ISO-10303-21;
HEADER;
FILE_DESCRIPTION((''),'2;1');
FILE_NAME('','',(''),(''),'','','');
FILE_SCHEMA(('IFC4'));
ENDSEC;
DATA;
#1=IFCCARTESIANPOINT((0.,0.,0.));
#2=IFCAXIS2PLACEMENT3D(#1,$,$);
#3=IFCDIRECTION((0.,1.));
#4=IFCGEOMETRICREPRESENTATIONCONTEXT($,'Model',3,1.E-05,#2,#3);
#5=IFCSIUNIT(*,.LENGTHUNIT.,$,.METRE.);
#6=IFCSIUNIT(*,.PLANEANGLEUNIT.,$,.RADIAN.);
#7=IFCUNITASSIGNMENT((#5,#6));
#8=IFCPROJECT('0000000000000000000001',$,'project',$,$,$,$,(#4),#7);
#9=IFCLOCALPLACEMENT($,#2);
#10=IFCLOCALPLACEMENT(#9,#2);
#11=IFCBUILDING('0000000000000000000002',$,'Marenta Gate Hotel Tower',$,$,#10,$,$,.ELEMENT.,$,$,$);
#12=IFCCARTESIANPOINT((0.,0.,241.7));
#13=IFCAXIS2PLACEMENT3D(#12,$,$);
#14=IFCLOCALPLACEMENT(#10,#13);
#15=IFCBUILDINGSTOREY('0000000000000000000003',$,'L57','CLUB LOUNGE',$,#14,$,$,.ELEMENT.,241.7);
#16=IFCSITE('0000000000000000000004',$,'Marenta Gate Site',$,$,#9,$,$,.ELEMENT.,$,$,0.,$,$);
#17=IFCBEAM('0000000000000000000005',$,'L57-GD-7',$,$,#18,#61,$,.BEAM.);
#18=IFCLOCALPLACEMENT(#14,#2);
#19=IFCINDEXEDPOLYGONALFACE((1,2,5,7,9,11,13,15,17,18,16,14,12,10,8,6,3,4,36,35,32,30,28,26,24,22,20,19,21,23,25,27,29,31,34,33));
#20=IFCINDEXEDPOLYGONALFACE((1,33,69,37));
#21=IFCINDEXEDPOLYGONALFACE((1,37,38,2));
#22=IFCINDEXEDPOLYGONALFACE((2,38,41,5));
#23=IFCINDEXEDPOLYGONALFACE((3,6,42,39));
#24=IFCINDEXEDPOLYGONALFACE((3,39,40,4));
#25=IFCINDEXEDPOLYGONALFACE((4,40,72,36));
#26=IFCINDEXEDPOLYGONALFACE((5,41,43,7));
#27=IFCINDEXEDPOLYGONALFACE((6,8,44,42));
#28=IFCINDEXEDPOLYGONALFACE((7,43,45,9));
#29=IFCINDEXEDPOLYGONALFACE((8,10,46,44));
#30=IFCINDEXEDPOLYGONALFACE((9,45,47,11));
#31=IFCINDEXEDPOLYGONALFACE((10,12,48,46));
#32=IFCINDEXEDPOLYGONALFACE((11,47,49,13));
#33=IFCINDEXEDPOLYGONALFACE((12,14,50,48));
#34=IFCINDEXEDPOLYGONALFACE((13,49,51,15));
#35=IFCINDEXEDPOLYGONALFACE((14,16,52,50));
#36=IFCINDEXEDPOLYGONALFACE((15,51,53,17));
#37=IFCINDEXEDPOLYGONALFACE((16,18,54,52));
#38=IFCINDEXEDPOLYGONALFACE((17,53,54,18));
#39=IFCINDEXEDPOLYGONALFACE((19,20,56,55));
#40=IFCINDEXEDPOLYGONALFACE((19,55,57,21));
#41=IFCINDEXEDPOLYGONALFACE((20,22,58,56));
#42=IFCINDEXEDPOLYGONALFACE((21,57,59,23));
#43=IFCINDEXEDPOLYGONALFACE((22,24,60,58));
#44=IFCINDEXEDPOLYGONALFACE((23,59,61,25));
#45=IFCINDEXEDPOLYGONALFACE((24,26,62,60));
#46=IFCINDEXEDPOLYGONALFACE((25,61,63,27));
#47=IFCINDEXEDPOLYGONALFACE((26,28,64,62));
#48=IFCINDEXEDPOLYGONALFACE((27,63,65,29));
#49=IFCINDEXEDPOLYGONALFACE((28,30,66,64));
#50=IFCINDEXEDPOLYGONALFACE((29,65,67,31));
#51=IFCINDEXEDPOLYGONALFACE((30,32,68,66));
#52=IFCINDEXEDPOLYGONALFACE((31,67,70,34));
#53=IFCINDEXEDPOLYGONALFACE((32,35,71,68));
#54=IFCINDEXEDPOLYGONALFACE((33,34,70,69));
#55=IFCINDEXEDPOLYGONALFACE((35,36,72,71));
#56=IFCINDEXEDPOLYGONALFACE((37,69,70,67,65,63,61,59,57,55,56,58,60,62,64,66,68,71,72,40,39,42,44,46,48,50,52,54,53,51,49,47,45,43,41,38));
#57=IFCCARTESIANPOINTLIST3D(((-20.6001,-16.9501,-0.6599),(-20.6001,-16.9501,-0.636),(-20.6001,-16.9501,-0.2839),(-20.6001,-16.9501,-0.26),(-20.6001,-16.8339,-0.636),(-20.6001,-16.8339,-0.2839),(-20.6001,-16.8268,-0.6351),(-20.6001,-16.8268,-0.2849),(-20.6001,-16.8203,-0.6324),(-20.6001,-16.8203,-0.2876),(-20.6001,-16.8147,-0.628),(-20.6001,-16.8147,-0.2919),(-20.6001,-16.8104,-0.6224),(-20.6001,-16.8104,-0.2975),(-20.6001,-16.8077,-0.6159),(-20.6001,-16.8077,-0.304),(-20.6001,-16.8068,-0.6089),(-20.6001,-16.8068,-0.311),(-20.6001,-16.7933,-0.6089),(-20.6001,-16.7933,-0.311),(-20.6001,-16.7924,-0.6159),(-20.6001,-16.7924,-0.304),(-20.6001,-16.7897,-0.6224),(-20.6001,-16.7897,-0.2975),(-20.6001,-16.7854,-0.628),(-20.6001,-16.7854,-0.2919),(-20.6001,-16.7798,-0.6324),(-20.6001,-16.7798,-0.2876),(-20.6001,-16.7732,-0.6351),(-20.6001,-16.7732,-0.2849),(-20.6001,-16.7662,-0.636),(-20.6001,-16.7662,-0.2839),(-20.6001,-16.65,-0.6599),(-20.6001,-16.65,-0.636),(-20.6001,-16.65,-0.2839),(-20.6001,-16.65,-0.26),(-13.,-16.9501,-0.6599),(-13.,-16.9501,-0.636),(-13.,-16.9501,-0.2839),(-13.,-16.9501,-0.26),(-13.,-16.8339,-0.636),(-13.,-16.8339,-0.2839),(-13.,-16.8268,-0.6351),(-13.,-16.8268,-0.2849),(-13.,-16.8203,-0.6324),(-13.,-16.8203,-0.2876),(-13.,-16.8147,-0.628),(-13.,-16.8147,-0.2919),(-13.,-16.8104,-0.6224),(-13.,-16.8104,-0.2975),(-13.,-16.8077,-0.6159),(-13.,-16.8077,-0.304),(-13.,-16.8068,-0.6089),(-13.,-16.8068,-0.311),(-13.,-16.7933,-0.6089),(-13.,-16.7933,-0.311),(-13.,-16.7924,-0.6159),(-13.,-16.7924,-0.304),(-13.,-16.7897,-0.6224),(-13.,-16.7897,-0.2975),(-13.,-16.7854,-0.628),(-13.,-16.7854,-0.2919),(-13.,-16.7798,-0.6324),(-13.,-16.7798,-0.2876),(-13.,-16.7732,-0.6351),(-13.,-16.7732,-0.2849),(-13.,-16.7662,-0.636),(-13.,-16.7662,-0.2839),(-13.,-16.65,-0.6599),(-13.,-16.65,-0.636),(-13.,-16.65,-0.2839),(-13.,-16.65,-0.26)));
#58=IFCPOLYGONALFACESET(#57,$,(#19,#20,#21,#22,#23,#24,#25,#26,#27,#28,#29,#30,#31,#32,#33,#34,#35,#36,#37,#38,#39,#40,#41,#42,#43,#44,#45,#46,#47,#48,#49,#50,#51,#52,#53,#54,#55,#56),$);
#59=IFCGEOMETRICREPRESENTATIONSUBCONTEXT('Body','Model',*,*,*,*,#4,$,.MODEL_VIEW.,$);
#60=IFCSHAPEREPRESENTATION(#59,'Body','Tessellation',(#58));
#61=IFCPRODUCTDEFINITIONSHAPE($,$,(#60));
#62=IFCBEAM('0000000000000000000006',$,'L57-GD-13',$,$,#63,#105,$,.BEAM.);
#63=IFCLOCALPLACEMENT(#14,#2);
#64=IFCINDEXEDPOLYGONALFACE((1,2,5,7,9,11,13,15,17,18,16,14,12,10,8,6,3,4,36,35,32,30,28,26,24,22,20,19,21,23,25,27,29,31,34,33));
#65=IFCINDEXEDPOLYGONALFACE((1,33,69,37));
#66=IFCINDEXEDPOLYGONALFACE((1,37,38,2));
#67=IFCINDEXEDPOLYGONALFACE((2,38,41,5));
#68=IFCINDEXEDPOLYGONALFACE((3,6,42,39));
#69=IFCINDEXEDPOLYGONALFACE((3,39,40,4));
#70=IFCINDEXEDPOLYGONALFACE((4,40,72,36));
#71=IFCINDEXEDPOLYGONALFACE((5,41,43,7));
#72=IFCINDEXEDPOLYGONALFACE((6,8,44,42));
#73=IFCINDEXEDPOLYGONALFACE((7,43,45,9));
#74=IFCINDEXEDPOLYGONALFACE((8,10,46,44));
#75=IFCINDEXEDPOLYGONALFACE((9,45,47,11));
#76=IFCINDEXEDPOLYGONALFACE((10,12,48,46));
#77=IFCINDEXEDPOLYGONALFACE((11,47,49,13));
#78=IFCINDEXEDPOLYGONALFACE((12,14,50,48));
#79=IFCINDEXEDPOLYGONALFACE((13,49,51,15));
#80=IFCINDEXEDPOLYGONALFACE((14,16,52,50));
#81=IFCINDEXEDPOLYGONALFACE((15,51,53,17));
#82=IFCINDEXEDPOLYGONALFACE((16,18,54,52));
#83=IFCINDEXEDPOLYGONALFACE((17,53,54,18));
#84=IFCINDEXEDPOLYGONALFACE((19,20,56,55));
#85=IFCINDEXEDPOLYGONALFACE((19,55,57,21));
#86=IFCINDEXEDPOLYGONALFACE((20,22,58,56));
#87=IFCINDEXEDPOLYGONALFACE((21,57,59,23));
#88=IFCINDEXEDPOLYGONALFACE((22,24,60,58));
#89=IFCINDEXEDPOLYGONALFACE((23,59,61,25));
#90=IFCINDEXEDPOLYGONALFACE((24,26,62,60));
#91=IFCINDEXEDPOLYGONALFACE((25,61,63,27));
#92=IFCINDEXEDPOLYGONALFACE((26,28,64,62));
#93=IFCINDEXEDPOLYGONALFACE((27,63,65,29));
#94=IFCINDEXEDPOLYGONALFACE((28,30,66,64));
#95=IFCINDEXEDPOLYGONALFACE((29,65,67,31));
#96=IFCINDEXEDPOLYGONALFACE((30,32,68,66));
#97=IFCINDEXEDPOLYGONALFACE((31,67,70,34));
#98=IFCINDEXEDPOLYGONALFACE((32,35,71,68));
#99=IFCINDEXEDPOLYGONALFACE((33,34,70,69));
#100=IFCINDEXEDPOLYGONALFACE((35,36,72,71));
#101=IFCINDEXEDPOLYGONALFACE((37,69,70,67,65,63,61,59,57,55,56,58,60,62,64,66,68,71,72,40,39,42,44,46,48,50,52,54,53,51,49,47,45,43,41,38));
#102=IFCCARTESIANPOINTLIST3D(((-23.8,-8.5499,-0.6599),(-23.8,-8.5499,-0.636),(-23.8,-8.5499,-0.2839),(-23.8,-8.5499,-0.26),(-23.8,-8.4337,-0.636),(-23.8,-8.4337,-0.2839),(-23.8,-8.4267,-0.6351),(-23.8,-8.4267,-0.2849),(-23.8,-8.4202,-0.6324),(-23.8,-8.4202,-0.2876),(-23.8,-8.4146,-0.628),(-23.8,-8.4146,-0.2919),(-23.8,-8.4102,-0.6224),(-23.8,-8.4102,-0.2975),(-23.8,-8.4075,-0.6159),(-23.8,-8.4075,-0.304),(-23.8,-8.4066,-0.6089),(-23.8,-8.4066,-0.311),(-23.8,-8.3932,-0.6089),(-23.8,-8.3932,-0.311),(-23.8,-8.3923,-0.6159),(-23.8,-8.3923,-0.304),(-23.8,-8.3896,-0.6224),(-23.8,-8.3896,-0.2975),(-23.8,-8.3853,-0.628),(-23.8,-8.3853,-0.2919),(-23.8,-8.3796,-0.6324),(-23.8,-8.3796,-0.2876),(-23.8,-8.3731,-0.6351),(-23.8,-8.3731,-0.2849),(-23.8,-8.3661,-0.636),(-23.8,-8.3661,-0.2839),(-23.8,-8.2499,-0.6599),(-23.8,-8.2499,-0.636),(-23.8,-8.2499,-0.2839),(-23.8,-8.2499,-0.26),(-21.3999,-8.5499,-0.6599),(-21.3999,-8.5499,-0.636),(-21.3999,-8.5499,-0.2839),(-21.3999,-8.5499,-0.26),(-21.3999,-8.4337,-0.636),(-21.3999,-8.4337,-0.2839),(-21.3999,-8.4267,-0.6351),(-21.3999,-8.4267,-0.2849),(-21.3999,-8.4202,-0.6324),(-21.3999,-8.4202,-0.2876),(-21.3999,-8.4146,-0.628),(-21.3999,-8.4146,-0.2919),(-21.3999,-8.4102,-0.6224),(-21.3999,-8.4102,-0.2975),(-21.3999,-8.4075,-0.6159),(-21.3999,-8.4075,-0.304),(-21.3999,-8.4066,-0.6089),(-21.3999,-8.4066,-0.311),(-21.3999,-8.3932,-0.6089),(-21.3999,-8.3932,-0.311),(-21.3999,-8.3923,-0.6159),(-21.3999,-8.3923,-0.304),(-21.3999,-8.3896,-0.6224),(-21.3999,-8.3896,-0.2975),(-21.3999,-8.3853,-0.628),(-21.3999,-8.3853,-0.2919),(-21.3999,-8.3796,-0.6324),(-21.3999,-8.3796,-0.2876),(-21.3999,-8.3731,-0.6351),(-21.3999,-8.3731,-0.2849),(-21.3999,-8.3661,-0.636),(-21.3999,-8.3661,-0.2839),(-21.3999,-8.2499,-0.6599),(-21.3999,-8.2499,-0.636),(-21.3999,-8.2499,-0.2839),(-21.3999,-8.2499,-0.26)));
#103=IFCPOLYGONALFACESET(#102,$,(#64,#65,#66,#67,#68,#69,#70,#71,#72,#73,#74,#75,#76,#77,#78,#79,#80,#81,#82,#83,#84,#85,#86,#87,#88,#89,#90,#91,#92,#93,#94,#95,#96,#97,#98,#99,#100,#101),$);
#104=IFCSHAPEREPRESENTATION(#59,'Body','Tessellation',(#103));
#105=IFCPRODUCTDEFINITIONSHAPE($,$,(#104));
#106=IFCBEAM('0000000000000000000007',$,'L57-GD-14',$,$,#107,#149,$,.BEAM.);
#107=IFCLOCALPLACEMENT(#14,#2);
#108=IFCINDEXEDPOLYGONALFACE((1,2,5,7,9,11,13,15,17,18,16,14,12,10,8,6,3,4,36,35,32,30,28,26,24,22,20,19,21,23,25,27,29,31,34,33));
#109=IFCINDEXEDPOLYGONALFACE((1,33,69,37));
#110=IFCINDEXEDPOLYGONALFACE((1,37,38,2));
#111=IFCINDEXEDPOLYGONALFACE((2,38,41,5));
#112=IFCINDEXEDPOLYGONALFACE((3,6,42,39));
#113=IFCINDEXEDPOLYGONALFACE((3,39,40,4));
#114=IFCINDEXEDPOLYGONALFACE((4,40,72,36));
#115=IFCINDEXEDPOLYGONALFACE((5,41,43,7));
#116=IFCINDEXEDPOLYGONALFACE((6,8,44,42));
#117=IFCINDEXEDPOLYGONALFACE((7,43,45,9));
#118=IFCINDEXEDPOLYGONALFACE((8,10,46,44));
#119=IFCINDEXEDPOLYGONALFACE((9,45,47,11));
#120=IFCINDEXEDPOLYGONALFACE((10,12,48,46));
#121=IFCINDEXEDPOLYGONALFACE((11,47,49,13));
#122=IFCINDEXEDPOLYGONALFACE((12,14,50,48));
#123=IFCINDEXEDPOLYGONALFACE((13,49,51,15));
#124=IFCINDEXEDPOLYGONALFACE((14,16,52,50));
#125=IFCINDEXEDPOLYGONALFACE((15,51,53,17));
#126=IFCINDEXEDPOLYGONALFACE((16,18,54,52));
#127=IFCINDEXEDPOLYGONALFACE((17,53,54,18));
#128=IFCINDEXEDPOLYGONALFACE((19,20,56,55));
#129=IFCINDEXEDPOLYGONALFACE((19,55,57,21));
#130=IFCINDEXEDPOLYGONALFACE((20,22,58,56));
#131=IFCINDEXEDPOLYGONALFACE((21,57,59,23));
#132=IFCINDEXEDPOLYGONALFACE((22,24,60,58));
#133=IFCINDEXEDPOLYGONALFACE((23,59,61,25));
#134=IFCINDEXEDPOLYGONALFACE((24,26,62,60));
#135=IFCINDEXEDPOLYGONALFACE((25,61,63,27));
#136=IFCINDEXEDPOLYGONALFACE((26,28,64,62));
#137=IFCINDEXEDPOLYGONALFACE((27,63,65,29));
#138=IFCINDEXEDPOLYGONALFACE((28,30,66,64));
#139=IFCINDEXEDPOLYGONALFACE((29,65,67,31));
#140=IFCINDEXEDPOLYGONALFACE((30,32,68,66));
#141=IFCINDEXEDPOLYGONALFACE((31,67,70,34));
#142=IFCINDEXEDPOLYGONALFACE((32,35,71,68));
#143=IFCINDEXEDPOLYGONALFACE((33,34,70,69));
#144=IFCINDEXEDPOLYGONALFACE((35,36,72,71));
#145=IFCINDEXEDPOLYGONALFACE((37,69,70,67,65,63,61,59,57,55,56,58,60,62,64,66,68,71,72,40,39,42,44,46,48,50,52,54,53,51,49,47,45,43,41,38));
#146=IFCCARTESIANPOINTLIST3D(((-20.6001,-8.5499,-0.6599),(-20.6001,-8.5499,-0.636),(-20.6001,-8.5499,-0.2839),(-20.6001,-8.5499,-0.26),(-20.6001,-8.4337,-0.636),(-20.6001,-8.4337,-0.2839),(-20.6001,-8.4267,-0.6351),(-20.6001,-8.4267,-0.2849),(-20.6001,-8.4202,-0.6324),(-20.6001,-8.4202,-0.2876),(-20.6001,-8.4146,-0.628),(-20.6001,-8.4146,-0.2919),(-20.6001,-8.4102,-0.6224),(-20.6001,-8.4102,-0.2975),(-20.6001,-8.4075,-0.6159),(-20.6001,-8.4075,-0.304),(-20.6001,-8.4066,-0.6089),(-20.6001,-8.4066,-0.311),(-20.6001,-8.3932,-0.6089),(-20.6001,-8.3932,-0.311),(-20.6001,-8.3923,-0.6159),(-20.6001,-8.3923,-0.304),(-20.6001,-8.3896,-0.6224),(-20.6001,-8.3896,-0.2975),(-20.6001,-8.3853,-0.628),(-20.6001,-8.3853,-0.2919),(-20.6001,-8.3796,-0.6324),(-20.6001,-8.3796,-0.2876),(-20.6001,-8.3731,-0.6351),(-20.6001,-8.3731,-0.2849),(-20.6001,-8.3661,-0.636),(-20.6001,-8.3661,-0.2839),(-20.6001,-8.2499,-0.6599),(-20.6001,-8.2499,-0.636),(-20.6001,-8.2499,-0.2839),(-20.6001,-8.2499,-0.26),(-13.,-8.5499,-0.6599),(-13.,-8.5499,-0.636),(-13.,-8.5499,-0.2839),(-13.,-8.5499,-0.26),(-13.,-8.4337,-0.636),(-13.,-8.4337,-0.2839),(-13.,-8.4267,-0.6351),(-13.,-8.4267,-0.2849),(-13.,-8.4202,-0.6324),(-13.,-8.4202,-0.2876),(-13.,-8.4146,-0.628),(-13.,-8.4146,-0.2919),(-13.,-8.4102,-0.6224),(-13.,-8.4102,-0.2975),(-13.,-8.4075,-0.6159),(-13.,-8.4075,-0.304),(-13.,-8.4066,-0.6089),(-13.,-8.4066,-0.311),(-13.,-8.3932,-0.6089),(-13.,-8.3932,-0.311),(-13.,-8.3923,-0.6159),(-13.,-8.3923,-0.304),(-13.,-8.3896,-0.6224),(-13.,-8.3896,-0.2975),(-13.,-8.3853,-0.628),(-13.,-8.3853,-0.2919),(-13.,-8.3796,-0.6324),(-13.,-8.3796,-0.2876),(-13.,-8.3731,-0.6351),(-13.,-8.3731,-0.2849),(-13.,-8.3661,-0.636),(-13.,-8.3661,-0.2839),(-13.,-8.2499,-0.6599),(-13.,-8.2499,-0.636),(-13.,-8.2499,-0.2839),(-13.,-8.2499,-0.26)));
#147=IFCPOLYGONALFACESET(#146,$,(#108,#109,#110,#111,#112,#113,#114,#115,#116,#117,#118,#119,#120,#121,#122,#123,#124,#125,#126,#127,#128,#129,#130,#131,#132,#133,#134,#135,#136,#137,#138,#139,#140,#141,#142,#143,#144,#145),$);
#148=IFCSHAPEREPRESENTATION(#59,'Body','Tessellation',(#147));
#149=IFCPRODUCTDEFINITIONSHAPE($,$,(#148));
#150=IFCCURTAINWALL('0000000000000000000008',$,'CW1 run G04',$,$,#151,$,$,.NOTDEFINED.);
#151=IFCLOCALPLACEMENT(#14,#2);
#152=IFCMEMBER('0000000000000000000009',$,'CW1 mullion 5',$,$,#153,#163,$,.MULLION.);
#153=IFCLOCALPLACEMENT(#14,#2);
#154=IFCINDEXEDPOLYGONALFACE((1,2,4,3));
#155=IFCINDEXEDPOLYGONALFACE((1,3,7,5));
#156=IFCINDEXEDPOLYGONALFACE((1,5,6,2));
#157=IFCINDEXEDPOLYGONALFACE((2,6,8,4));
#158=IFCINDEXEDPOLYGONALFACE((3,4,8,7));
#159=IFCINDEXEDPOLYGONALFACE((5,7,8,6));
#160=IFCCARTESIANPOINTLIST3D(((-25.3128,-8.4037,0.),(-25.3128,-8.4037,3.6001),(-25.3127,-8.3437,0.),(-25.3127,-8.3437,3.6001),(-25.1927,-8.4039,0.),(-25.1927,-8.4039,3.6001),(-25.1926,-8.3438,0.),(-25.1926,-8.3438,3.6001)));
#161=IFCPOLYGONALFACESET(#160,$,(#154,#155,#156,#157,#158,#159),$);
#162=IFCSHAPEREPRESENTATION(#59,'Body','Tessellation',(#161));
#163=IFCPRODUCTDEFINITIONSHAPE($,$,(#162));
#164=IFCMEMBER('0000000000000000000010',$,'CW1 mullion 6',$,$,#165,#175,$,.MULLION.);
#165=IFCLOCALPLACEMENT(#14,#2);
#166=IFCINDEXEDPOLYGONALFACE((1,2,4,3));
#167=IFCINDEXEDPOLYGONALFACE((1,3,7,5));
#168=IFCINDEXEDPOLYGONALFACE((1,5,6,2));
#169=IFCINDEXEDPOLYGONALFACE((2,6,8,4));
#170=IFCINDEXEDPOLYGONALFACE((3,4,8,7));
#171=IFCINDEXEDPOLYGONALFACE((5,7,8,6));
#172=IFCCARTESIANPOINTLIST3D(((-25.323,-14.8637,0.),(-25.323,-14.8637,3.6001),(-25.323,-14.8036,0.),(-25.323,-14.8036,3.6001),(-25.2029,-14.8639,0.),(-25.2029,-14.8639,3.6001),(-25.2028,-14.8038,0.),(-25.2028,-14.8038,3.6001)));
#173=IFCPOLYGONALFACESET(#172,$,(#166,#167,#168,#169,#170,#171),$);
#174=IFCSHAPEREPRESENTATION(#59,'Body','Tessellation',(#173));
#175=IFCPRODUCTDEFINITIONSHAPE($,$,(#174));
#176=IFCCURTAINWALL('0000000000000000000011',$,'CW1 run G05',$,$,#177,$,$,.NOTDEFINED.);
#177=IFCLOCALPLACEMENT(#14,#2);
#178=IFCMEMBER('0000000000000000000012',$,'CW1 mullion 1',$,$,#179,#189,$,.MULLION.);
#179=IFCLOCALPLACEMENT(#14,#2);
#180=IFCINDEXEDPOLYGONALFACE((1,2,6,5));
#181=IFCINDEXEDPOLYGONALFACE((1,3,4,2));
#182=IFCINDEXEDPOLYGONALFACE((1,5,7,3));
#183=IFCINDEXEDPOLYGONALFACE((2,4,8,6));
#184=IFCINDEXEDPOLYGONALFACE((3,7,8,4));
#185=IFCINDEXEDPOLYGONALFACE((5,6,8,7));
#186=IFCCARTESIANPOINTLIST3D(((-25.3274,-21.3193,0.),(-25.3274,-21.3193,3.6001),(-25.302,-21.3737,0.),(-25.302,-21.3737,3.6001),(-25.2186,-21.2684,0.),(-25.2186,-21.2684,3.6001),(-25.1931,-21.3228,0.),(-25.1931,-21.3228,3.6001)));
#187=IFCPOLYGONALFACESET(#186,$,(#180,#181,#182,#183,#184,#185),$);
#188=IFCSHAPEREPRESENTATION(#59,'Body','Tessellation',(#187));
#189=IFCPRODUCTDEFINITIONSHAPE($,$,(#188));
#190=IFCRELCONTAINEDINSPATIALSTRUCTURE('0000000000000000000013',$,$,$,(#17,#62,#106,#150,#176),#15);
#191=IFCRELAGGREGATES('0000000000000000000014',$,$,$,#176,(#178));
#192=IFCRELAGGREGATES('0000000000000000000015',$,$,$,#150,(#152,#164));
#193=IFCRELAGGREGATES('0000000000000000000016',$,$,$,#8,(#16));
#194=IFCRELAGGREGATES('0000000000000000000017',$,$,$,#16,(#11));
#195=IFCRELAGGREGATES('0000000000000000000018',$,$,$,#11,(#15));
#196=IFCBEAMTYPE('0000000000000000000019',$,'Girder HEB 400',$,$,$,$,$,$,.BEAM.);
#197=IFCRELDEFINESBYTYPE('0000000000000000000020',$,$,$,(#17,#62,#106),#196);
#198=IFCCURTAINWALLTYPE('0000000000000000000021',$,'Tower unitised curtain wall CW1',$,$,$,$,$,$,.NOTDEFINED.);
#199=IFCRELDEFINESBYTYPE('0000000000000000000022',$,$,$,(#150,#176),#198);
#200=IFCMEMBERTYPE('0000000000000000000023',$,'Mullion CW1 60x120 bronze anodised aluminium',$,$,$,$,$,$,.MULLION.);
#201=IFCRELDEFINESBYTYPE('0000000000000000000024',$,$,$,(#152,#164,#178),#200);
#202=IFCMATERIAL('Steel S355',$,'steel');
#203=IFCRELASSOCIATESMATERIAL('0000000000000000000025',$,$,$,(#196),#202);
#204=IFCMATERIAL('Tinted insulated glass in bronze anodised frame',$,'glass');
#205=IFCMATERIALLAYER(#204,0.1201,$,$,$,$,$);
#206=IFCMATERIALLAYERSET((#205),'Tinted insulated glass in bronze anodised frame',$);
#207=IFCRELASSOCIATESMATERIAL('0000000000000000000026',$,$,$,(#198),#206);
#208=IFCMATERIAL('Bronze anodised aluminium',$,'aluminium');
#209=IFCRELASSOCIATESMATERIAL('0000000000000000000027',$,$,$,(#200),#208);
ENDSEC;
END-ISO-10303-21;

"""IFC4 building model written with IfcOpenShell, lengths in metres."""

from ifc_helpers import new_model, si_unit, direction, frame, origin, origin_2d, place, context, subcontext, project, spatial, rectangle, i_section, extrude, material, layer, layer_set, material_profile, profile_set, type_object, element, aggregate, save


model = new_model("IFC4")

# Units and contexts
model_context = context("Model", 3, precision=1e-05, world=origin(), true_north=direction((0.0, 1.0)))
body_context = subcontext(model_context, "Body", "Model", "MODEL_VIEW")
ifc_project = project(units=[si_unit("LENGTHUNIT", "METRE"), si_unit("PLANEANGLEUNIT", "RADIAN")], contexts=[model_context])

# Site, building, storey
site_placement = place(None, origin())
site = spatial("IfcSite", under=ifc_project, at=site_placement, Name="Marenta Gate Site", CompositionType="ELEMENT", RefElevation=0.0)
building_placement = place(site_placement, origin())
building = spatial("IfcBuilding", under=site, at=building_placement, Name="Marenta Gate Hotel Tower", CompositionType="ELEMENT")
storey_placement = place(building_placement, frame((0.0, 0.0, 241.7)))
storey = spatial("IfcBuildingStorey", under=building, at=storey_placement, Name="L57", Description="CLUB LOUNGE", CompositionType="ELEMENT", Elevation=241.7)

# Beams
ifc_material_1 = material(Name="Steel S355", Category="steel")
ifc_material_profile_1 = material_profile(ifc_material_1, i_section(OverallWidth=0.3, OverallDepth=0.3999, WebThickness=0.0134, FlangeThickness=0.0239, FilletRadius=0.0271, at=origin_2d()), Name="HEB 400")
ifc_profile_set_1 = profile_set([ifc_material_profile_1], Name="Steel S355")
beam_type_1 = type_object("IfcBeamType", Name="Girder HEB 400", PredefinedType="BEAM", material=ifc_profile_set_1)
beam_1_placement = place(storey_placement, frame((-20.6001, -16.8, -0.46), z_axis=(1.0, 0.0, 0.0), x_axis=(0.0, 1.0, 0.0)))
element("IfcBeam", 1, at=beam_1_placement, inside=storey, type_object=beam_type_1, Name="L57-GD-7", PredefinedType="BEAM", context=body_context, shape_type="SweptSolid", body=[
    extrude(i_section(OverallWidth=0.3, OverallDepth=0.3999, WebThickness=0.0134, FlangeThickness=0.0239, FilletRadius=0.0271, at=origin_2d()), origin(), (0.0, 0.0, 1.0), 7.6001),
])
beam_2_placement = place(storey_placement, frame((-23.8, -8.3999, -0.46), z_axis=(1.0, 0.0, 0.0), x_axis=(0.0, 1.0, 0.0)))
element("IfcBeam", 2, at=beam_2_placement, inside=storey, type_object=beam_type_1, Name="L57-GD-13", PredefinedType="BEAM", context=body_context, shape_type="SweptSolid", body=[
    extrude(i_section(OverallWidth=0.3, OverallDepth=0.3999, WebThickness=0.0134, FlangeThickness=0.0239, FilletRadius=0.0271, at=origin_2d()), origin(), (0.0, 0.0, 1.0), 2.4001),
])
beam_3_placement = place(storey_placement, frame((-20.6001, -8.3999, -0.46), z_axis=(1.0, 0.0, 0.0), x_axis=(0.0, 1.0, 0.0)))
element("IfcBeam", 3, at=beam_3_placement, inside=storey, type_object=beam_type_1, Name="L57-GD-14", PredefinedType="BEAM", context=body_context, shape_type="SweptSolid", body=[
    extrude(i_section(OverallWidth=0.3, OverallDepth=0.3999, WebThickness=0.0134, FlangeThickness=0.0239, FilletRadius=0.0271, at=origin_2d()), origin(), (0.0, 0.0, 1.0), 7.6001),
])

# Curtain wall, members
ifc_material_2 = material(Name="Tinted insulated glass in bronze anodised frame", Category="glass")
ifc_layer_1 = layer(ifc_material_2, 0.1201)
ifc_layer_set_1 = layer_set([ifc_layer_1], Name="Tinted insulated glass in bronze anodised frame")
curtain_wall_type = type_object("IfcCurtainWallType", Name="Tower unitised curtain wall CW1", PredefinedType="NOTDEFINED", material=ifc_layer_set_1)
curtain_wall_1_placement = place(storey_placement, origin())
curtain_wall_1 = element("IfcCurtainWall", 4, at=curtain_wall_1_placement, inside=storey, type_object=curtain_wall_type, Name="CW1 run G04", PredefinedType="NOTDEFINED")
ifc_material_3 = material(Name="Bronze anodised aluminium", Category="aluminium")
ifc_material_profile_2 = material_profile(ifc_material_3, rectangle(XDim=0.1201, YDim=0.0601, at=origin_2d()), Name="Mullion CW1 60x120 bronze anodised aluminium")
ifc_profile_set_2 = profile_set([ifc_material_profile_2], Name="Bronze anodised aluminium")
member_type_1 = type_object("IfcMemberType", Name="Mullion CW1 60x120 bronze anodised aluminium", PredefinedType="MULLION", material=ifc_profile_set_2)
member_1_placement = place(storey_placement, frame((-25.2527, -8.3738, 0.0), z_axis=(0.0, 0.0, 1.0), x_axis=(0.999999, -0.001566, 0.0)))
member_1 = element("IfcMember", 5, at=member_1_placement, type_object=member_type_1, Name="CW1 mullion 5", PredefinedType="MULLION", context=body_context, shape_type="SweptSolid", body=[
    extrude(rectangle(XDim=0.1201, YDim=0.0601, at=origin_2d()), origin(), (0.0, 0.0, 1.0), 3.6001),
])
member_2_placement = place(storey_placement, frame((-25.2629, -14.8337, 0.0), z_axis=(0.0, 0.0, 1.0), x_axis=(0.999999, -0.001566, 0.0)))
member_2 = element("IfcMember", 6, at=member_2_placement, type_object=member_type_1, Name="CW1 mullion 6", PredefinedType="MULLION", context=body_context, shape_type="SweptSolid", body=[
    extrude(rectangle(XDim=0.1201, YDim=0.0601, at=origin_2d()), origin(), (0.0, 0.0, 1.0), 3.6001),
])

# Curtain wall, member
curtain_wall_2_placement = place(storey_placement, origin())
curtain_wall_2 = element("IfcCurtainWall", 7, at=curtain_wall_2_placement, inside=storey, type_object=curtain_wall_type, Name="CW1 run G05", PredefinedType="NOTDEFINED")
member_3_placement = place(storey_placement, frame((-25.2603, -21.321, 0.0), z_axis=(0.0, 0.0, 1.0), x_axis=(0.905975, 0.423332, 0.0)))
member_3 = element("IfcMember", 8, at=member_3_placement, type_object=member_type_1, Name="CW1 mullion 1", PredefinedType="MULLION", context=body_context, shape_type="SweptSolid", body=[
    extrude(rectangle(XDim=0.1201, YDim=0.0601, at=origin_2d()), origin(), (0.0, 0.0, 1.0), 3.6001),
])

aggregate(curtain_wall_2, [member_3])

aggregate(curtain_wall_1, [member_1, member_2])

save(model, "model.ifc")
